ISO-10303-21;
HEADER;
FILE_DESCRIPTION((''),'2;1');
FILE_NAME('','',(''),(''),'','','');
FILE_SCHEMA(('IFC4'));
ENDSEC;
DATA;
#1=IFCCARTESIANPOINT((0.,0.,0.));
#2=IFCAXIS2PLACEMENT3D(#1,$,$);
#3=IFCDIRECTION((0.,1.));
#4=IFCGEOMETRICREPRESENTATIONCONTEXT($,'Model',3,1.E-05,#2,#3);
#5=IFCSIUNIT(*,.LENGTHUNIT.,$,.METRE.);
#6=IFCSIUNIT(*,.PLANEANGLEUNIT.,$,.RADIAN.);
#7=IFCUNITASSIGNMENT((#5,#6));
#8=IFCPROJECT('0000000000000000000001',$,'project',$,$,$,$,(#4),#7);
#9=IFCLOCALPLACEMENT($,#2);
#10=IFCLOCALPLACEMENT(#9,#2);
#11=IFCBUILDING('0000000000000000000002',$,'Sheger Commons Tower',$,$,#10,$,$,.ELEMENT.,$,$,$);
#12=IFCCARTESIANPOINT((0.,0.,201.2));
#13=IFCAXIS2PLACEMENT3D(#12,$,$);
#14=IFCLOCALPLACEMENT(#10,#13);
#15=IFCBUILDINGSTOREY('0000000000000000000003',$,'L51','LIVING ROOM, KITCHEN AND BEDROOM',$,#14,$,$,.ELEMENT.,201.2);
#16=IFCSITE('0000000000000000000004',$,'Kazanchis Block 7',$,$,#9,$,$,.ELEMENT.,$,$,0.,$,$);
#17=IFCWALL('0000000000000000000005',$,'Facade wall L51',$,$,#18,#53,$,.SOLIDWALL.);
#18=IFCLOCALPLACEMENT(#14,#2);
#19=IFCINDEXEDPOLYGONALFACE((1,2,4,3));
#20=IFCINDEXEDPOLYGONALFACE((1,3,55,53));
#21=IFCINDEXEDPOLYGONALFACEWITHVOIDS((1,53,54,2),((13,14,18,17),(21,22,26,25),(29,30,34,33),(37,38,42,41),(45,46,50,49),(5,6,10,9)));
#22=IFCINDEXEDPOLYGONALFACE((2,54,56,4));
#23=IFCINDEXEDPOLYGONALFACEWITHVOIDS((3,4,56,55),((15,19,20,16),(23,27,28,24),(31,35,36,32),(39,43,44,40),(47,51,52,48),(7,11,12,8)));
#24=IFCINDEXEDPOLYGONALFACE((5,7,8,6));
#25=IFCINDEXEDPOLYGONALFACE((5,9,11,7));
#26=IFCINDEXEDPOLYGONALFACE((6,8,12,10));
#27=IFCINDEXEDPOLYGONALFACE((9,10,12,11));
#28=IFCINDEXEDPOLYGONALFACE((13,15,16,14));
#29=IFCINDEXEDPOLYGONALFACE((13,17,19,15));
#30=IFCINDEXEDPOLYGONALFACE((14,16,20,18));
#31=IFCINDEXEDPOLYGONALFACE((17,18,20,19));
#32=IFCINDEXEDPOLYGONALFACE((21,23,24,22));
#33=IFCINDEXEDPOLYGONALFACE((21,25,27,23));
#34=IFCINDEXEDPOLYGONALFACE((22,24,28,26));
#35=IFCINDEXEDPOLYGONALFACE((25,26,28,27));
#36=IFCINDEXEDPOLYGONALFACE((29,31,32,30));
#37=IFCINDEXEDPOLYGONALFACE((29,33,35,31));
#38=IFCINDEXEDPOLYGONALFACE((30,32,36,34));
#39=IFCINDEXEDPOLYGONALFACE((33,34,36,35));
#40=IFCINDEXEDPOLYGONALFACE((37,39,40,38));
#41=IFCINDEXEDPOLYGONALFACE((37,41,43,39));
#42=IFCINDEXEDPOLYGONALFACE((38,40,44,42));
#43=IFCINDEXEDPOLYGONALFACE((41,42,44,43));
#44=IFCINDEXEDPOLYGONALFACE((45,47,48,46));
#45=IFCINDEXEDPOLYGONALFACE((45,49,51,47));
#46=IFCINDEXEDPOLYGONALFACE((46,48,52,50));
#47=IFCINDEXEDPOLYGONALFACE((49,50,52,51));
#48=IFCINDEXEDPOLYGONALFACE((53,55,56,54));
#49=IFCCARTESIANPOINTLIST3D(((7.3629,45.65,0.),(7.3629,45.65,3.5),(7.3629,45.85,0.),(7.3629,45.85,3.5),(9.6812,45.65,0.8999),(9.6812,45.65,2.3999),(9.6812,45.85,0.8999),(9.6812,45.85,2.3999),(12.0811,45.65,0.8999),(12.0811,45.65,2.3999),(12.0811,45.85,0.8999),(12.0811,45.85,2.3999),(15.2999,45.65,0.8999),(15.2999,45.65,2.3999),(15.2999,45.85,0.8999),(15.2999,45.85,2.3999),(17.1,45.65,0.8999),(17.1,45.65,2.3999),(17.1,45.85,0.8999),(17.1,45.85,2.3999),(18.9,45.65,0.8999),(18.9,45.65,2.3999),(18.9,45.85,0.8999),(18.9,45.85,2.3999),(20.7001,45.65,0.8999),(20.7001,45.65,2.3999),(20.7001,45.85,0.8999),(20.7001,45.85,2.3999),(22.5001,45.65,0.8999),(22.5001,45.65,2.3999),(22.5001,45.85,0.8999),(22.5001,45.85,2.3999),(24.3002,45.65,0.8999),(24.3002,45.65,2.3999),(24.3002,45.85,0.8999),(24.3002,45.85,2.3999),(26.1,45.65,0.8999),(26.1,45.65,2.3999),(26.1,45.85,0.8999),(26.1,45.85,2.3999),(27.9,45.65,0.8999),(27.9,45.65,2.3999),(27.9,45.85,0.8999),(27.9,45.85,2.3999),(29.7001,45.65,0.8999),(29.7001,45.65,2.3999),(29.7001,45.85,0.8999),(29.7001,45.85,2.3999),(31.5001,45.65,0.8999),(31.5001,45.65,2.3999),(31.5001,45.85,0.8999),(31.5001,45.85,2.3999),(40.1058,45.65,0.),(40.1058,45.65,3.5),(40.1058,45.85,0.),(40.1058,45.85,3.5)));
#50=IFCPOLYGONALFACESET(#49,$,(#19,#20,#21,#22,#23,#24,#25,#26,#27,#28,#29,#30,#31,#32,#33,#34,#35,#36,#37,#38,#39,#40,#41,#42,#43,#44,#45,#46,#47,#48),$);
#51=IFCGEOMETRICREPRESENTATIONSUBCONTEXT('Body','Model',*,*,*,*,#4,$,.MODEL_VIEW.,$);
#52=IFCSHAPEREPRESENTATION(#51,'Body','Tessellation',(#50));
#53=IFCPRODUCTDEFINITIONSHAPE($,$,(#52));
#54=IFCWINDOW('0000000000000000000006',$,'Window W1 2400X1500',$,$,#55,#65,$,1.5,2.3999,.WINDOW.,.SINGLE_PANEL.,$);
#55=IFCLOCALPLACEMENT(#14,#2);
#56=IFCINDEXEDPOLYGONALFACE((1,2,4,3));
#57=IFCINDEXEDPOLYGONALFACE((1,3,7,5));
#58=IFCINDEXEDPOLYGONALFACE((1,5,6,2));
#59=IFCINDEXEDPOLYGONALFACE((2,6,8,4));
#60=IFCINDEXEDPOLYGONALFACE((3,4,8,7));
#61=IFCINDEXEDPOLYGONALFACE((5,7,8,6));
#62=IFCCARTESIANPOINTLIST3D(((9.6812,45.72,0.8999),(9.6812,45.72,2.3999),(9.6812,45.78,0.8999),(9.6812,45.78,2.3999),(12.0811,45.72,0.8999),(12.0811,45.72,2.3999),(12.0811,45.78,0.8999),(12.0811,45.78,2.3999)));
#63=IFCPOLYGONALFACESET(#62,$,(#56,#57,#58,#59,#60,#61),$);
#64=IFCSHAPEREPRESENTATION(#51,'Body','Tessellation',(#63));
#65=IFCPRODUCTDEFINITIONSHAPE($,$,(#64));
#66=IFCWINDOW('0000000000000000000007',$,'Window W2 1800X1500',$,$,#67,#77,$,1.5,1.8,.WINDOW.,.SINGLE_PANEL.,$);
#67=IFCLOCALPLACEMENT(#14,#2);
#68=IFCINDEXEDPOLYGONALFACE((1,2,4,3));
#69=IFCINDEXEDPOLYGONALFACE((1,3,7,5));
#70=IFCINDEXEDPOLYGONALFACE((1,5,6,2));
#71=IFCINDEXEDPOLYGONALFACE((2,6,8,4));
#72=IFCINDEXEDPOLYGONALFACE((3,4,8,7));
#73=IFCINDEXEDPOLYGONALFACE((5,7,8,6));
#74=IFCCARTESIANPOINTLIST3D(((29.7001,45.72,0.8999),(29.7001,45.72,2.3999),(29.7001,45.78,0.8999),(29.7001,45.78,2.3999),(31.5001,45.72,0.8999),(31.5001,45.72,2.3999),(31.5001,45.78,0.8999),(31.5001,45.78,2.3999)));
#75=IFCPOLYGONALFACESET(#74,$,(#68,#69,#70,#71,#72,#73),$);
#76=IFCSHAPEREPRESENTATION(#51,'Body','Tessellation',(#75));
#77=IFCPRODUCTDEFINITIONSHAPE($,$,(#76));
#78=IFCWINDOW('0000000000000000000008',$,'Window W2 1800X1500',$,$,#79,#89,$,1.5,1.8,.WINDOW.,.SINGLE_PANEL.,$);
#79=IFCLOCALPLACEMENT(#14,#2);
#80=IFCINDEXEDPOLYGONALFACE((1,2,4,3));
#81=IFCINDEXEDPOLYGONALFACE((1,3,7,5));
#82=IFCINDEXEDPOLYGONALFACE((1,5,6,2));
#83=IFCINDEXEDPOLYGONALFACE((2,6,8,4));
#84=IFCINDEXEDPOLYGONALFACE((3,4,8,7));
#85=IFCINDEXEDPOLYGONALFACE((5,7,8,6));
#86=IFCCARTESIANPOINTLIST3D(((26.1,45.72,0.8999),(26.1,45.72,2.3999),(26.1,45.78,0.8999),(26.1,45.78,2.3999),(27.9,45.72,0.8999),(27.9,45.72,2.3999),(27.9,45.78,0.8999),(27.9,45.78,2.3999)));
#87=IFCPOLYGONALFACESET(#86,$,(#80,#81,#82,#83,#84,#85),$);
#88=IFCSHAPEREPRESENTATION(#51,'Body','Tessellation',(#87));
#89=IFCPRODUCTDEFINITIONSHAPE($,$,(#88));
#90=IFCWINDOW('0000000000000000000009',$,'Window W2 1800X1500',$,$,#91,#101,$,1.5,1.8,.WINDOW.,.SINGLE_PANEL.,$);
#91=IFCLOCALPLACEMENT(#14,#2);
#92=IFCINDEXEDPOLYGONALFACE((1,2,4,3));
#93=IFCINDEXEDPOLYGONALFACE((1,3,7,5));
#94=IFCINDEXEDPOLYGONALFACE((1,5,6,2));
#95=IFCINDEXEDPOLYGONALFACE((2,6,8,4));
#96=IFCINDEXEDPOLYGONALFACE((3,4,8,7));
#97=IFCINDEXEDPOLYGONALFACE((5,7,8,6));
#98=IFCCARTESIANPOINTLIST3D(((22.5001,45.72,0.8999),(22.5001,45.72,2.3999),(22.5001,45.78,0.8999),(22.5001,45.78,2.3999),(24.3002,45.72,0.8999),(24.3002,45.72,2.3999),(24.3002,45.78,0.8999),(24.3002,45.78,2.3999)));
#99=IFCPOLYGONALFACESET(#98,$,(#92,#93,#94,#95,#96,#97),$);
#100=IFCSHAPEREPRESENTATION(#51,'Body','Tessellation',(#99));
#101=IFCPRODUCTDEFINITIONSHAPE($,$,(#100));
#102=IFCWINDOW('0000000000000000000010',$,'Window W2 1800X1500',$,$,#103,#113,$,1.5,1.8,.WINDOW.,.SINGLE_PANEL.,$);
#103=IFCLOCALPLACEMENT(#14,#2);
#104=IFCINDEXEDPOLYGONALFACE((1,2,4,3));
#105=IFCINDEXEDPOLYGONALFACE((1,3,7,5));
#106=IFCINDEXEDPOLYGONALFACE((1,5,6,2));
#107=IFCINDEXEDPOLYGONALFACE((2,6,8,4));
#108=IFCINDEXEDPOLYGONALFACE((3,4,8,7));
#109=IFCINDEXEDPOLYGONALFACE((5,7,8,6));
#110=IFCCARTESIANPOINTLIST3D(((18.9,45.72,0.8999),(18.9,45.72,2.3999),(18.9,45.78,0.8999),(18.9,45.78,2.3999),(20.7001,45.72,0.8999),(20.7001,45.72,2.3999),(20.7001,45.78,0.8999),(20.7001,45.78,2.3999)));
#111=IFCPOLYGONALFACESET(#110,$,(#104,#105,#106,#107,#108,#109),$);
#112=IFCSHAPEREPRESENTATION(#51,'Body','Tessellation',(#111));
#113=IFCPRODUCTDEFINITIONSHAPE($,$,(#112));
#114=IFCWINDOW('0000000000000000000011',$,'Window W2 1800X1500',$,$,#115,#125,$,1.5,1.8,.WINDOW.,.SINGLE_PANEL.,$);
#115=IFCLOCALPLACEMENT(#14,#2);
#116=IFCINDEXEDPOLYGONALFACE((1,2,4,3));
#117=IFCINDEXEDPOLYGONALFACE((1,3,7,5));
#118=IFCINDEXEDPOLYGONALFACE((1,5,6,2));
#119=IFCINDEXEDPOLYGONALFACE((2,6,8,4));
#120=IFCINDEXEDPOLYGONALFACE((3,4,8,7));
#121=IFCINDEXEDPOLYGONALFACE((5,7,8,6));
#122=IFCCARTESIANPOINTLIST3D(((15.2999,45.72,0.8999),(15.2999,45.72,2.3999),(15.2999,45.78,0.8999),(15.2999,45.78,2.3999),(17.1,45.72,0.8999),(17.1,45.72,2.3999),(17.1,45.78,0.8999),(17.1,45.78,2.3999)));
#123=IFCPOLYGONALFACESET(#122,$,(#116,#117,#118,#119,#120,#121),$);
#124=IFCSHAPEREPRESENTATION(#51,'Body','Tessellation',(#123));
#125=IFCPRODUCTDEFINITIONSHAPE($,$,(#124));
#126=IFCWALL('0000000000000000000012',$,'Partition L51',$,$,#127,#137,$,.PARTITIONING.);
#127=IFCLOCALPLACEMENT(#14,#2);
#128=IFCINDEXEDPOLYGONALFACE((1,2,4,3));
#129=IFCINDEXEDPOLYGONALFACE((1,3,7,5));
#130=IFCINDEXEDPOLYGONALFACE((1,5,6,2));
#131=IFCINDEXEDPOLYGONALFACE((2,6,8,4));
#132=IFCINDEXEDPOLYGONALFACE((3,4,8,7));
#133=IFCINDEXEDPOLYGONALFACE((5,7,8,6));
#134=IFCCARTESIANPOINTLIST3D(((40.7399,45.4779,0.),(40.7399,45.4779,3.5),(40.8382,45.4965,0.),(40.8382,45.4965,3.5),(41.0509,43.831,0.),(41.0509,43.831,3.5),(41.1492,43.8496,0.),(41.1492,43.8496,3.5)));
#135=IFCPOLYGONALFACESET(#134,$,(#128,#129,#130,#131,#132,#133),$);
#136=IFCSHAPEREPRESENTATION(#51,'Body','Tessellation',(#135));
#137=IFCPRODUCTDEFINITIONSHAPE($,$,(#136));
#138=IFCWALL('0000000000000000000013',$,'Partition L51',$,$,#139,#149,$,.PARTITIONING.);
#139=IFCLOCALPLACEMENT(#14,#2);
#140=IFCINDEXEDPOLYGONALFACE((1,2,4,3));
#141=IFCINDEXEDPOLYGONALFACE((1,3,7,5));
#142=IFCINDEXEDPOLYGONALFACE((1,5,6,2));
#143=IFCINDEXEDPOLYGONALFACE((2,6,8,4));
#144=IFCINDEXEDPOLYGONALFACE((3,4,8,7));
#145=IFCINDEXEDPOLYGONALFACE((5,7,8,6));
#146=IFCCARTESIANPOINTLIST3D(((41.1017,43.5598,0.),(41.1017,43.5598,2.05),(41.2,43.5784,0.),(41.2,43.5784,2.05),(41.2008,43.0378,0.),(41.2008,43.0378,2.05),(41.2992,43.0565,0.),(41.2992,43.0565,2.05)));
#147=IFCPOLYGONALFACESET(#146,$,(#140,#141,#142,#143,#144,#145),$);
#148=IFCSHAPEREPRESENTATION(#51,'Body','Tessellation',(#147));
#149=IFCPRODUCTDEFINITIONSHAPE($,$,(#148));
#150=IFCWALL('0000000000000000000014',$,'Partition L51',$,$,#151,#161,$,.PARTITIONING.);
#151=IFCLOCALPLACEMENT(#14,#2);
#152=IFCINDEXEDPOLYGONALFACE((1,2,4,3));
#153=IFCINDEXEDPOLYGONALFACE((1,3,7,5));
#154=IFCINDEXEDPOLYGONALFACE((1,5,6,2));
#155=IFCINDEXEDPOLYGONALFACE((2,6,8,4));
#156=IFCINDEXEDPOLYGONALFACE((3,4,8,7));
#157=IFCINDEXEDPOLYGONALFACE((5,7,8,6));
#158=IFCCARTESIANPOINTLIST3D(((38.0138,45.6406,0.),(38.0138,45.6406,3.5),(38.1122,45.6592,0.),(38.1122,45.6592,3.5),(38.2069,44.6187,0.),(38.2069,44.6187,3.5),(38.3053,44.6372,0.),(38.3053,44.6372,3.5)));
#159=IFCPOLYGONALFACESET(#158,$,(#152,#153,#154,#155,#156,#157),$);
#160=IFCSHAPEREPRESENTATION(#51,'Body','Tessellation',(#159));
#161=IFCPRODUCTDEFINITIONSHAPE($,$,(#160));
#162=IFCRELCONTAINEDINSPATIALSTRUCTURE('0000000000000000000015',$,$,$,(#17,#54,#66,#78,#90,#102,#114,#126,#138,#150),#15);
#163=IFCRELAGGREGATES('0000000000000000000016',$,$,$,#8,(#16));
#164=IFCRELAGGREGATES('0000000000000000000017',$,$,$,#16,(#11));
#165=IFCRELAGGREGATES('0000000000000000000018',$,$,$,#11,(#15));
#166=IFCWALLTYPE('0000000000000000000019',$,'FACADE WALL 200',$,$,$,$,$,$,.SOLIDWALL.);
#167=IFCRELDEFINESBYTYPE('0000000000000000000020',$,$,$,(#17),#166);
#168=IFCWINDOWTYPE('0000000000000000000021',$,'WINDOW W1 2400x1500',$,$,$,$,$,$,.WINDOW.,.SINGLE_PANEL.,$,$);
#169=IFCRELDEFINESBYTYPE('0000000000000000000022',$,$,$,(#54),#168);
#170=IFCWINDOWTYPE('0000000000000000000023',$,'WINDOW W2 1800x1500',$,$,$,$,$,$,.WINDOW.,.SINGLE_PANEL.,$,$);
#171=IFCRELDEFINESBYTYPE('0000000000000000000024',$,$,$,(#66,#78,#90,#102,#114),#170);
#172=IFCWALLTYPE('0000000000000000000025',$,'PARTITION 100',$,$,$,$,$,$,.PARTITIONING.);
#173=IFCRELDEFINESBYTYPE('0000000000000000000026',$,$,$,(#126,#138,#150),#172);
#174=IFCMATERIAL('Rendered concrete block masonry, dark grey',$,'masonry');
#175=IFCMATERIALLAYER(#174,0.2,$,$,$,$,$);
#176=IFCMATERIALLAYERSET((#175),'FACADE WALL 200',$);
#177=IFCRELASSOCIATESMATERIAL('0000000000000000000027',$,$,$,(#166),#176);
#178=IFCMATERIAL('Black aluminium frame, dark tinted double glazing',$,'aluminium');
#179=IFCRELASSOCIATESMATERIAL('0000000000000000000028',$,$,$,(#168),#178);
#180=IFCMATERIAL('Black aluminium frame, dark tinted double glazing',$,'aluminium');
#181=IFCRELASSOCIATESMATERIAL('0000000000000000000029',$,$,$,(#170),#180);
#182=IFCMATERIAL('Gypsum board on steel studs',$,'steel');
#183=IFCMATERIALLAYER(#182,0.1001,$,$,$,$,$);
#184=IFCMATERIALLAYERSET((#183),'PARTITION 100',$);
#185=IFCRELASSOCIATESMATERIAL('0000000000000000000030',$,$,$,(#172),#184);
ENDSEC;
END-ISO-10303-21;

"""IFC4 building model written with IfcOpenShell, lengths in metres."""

from ifc_helpers import new_model, si_unit, direction, frame, frame_2d, origin, place, context, subcontext, project, spatial, rectangle, extrude, material, layer, layer_set, type_object, element, fill, save


model = new_model("IFC4")

# Units and contexts
model_context = context("Model", 3, precision=1e-05, world=origin(), true_north=direction((0.0, 1.0)))
body_context = subcontext(model_context, "Body", "Model", "MODEL_VIEW")
ifc_project = project(units=[si_unit("LENGTHUNIT", "METRE"), si_unit("PLANEANGLEUNIT", "RADIAN")], contexts=[model_context])

# Site, building, storey
site_placement = place(None, origin())
site = spatial("IfcSite", under=ifc_project, at=site_placement, Name="Kazanchis Block 7", CompositionType="ELEMENT", RefElevation=0.0)
building_placement = place(site_placement, origin())
building = spatial("IfcBuilding", under=site, at=building_placement, Name="Sheger Commons Tower", CompositionType="ELEMENT")
storey_placement = place(building_placement, frame((0.0, 0.0, 201.2)))
storey = spatial("IfcBuildingStorey", under=building, at=storey_placement, Name="L51", Description="LIVING ROOM, KITCHEN AND BEDROOM", CompositionType="ELEMENT", Elevation=201.2)

# Shared definitions
ifc_material_1 = material(Name="Rendered concrete block masonry, dark grey", Category="masonry")
ifc_layer_1 = layer(ifc_material_1, 0.2)
ifc_layer_set_1 = layer_set([ifc_layer_1], Name="FACADE WALL 200")
wall_type_1 = type_object("IfcWallType", Name="FACADE WALL 200", PredefinedType="SOLIDWALL", material=ifc_layer_set_1)

# Wall, openings, windows
wall_1_placement = place(storey_placement, frame((40.106, 45.75, 0.0), z_axis=(0.0, 0.0, 1.0), x_axis=(-1.0, 0.0, 0.0)))
wall_1 = element("IfcWall", 1, at=wall_1_placement, inside=storey, type_object=wall_type_1, Name="Facade wall L51", PredefinedType="SOLIDWALL", context=body_context, shape_type="SweptSolid", body=[
    extrude(rectangle(XDim=32.7429, YDim=0.2, at=frame_2d((16.3716, 0.0))), origin(), (0.0, 0.0, 1.0), 3.5),
])
opening_1_placement = place(wall_1_placement, frame((8.606, 0.0, 0.8999)))
opening_1 = element("IfcOpeningElement", 2, at=opening_1_placement, cuts=wall_1, PredefinedType="OPENING", context=body_context, shape_type="SweptSolid", body=[
    extrude(rectangle(XDim=1.8, YDim=1.5, at=frame_2d((0.8999, 0.75))), frame((0.0, 0.1099, 0.0), z_axis=(0.0, -1.0, 0.0), x_axis=(1.0, 0.0, 0.0)), (0.0, 0.0, 1.0), 0.22),
])
opening_2_placement = place(wall_1_placement, frame((12.2061, 0.0, 0.8999)))
opening_2 = element("IfcOpeningElement", 3, at=opening_2_placement, cuts=wall_1, PredefinedType="OPENING", context=body_context, shape_type="SweptSolid", body=[
    extrude(rectangle(XDim=1.8, YDim=1.5, at=frame_2d((0.8999, 0.75))), frame((0.0, 0.1099, 0.0), z_axis=(0.0, -1.0, 0.0), x_axis=(1.0, 0.0, 0.0)), (0.0, 0.0, 1.0), 0.22),
])
opening_3_placement = place(wall_1_placement, frame((15.8059, 0.0, 0.8999)))
opening_3 = element("IfcOpeningElement", 4, at=opening_3_placement, cuts=wall_1, PredefinedType="OPENING", context=body_context, shape_type="SweptSolid", body=[
    extrude(rectangle(XDim=1.8, YDim=1.5, at=frame_2d((0.8999, 0.75))), frame((0.0, 0.1099, 0.0), z_axis=(0.0, -1.0, 0.0), x_axis=(1.0, 0.0, 0.0)), (0.0, 0.0, 1.0), 0.22),
])
opening_4_placement = place(wall_1_placement, frame((19.406, 0.0, 0.8999)))
opening_4 = element("IfcOpeningElement", 5, at=opening_4_placement, cuts=wall_1, PredefinedType="OPENING", context=body_context, shape_type="SweptSolid", body=[
    extrude(rectangle(XDim=1.8, YDim=1.5, at=frame_2d((0.8999, 0.75))), frame((0.0, 0.1099, 0.0), z_axis=(0.0, -1.0, 0.0), x_axis=(1.0, 0.0, 0.0)), (0.0, 0.0, 1.0), 0.22),
])
opening_5_placement = place(wall_1_placement, frame((23.0061, 0.0, 0.8999)))
opening_5 = element("IfcOpeningElement", 6, at=opening_5_placement, cuts=wall_1, PredefinedType="OPENING", context=body_context, shape_type="SweptSolid", body=[
    extrude(rectangle(XDim=1.8, YDim=1.5, at=frame_2d((0.8999, 0.75))), frame((0.0, 0.1099, 0.0), z_axis=(0.0, -1.0, 0.0), x_axis=(1.0, 0.0, 0.0)), (0.0, 0.0, 1.0), 0.22),
])
opening_6_placement = place(wall_1_placement, frame((28.0249, 0.0, 0.8999)))
opening_6 = element("IfcOpeningElement", 7, at=opening_6_placement, cuts=wall_1, PredefinedType="OPENING", context=body_context, shape_type="SweptSolid", body=[
    extrude(rectangle(XDim=2.3999, YDim=1.5, at=frame_2d((1.2, 0.75))), frame((0.0, 0.1099, 0.0), z_axis=(0.0, -1.0, 0.0), x_axis=(1.0, 0.0, 0.0)), (0.0, 0.0, 1.0), 0.22),
])
ifc_material_2 = material(Name="Black aluminium frame, dark tinted double glazing", Category="aluminium")
window_type_1 = type_object("IfcWindowType", Name="WINDOW W1 2400x1500", PartitioningType="SINGLE_PANEL", PredefinedType="WINDOW", material=ifc_material_2)
window_1_placement = place(opening_6_placement, origin())
window_1 = element("IfcWindow", 8, at=window_1_placement, inside=storey, type_object=window_type_1, Name="Window W1 2400X1500", OverallHeight=1.5, OverallWidth=2.3999, PartitioningType="SINGLE_PANEL", PredefinedType="WINDOW", context=body_context, shape_type="SweptSolid", body=[
    extrude(rectangle(XDim=2.3999, YDim=1.5, at=frame_2d((1.2, 0.75))), frame((0.0, 0.03, 0.0), z_axis=(0.0, -1.0, 0.0), x_axis=(1.0, 0.0, 0.0)), (0.0, 0.0, 1.0), 0.0601),
])
fill(opening_6, window_1)
ifc_material_3 = material(Name="Black aluminium frame, dark tinted double glazing", Category="aluminium")
window_type_2 = type_object("IfcWindowType", Name="WINDOW W2 1800x1500", PartitioningType="SINGLE_PANEL", PredefinedType="WINDOW", material=ifc_material_3)
window_2_placement = place(opening_1_placement, origin())
window_2 = element("IfcWindow", 9, at=window_2_placement, inside=storey, type_object=window_type_2, Name="Window W2 1800X1500", OverallHeight=1.5, OverallWidth=1.8, PartitioningType="SINGLE_PANEL", PredefinedType="WINDOW", context=body_context, shape_type="SweptSolid", body=[
    extrude(rectangle(XDim=1.8, YDim=1.5, at=frame_2d((0.8999, 0.75))), frame((0.0, 0.03, 0.0), z_axis=(0.0, -1.0, 0.0), x_axis=(1.0, 0.0, 0.0)), (0.0, 0.0, 1.0), 0.0601),
])
fill(opening_1, window_2)
window_3_placement = place(opening_2_placement, origin())
window_3 = element("IfcWindow", 10, at=window_3_placement, inside=storey, type_object=window_type_2, Name="Window W2 1800X1500", OverallHeight=1.5, OverallWidth=1.8, PartitioningType="SINGLE_PANEL", PredefinedType="WINDOW", context=body_context, shape_type="SweptSolid", body=[
    extrude(rectangle(XDim=1.8, YDim=1.5, at=frame_2d((0.8999, 0.75))), frame((0.0, 0.03, 0.0), z_axis=(0.0, -1.0, 0.0), x_axis=(1.0, 0.0, 0.0)), (0.0, 0.0, 1.0), 0.0601),
])
fill(opening_2, window_3)
window_4_placement = place(opening_3_placement, origin())
window_4 = element("IfcWindow", 11, at=window_4_placement, inside=storey, type_object=window_type_2, Name="Window W2 1800X1500", OverallHeight=1.5, OverallWidth=1.8, PartitioningType="SINGLE_PANEL", PredefinedType="WINDOW", context=body_context, shape_type="SweptSolid", body=[
    extrude(rectangle(XDim=1.8, YDim=1.5, at=frame_2d((0.8999, 0.75))), frame((0.0, 0.03, 0.0), z_axis=(0.0, -1.0, 0.0), x_axis=(1.0, 0.0, 0.0)), (0.0, 0.0, 1.0), 0.0601),
])
fill(opening_3, window_4)
window_5_placement = place(opening_4_placement, origin())
window_5 = element("IfcWindow", 12, at=window_5_placement, inside=storey, type_object=window_type_2, Name="Window W2 1800X1500", OverallHeight=1.5, OverallWidth=1.8, PartitioningType="SINGLE_PANEL", PredefinedType="WINDOW", context=body_context, shape_type="SweptSolid", body=[
    extrude(rectangle(XDim=1.8, YDim=1.5, at=frame_2d((0.8999, 0.75))), frame((0.0, 0.03, 0.0), z_axis=(0.0, -1.0, 0.0), x_axis=(1.0, 0.0, 0.0)), (0.0, 0.0, 1.0), 0.0601),
])
fill(opening_4, window_5)
window_6_placement = place(opening_5_placement, origin())
window_6 = element("IfcWindow", 13, at=window_6_placement, inside=storey, type_object=window_type_2, Name="Window W2 1800X1500", OverallHeight=1.5, OverallWidth=1.8, PartitioningType="SINGLE_PANEL", PredefinedType="WINDOW", context=body_context, shape_type="SweptSolid", body=[
    extrude(rectangle(XDim=1.8, YDim=1.5, at=frame_2d((0.8999, 0.75))), frame((0.0, 0.03, 0.0), z_axis=(0.0, -1.0, 0.0), x_axis=(1.0, 0.0, 0.0)), (0.0, 0.0, 1.0), 0.0601),
])
fill(opening_5, window_6)

# Walls
ifc_material_4 = material(Name="Gypsum board on steel studs", Category="steel")
ifc_layer_2 = layer(ifc_material_4, 0.1001)
ifc_layer_set_2 = layer_set([ifc_layer_2], Name="PARTITION 100")
wall_type_2 = type_object("IfcWallType", Name="PARTITION 100", PredefinedType="PARTITIONING", material=ifc_layer_set_2)
wall_2_placement = place(storey_placement, frame((40.7891, 45.4871, 0.0), z_axis=(0.0, 0.0, 1.0), x_axis=(0.185572, -0.982631, 0.0)))
element("IfcWall", 14, at=wall_2_placement, inside=storey, type_object=wall_type_2, Name="Partition L51", PredefinedType="PARTITIONING", context=body_context, shape_type="SweptSolid", body=[
    extrude(rectangle(XDim=1.676, YDim=0.1001, at=frame_2d((0.8379, 0.0))), origin(), (0.0, 0.0, 1.0), 3.5),
])
wall_3_placement = place(storey_placement, frame((41.1509, 43.5691, 0.0), z_axis=(0.0, 0.0, 1.0), x_axis=(0.186563, -0.982443, 0.0)))
element("IfcWall", 15, at=wall_3_placement, inside=storey, type_object=wall_type_2, Name="Partition L51", PredefinedType="PARTITIONING", context=body_context, shape_type="SweptSolid", body=[
    extrude(rectangle(XDim=0.5312, YDim=0.1001, at=frame_2d((0.2656, 0.0))), origin(), (0.0, 0.0, 1.0), 2.05),
])
wall_4_placement = place(storey_placement, frame((38.063, 45.6499, 0.0), z_axis=(0.0, 0.0, 1.0), x_axis=(0.185677, -0.982611, 0.0)))
element("IfcWall", 16, at=wall_4_placement, inside=storey, type_object=wall_type_2, Name="Partition L51", PredefinedType="PARTITIONING", context=body_context, shape_type="SweptSolid", body=[
    extrude(rectangle(XDim=1.04, YDim=0.1001, at=frame_2d((0.52, 0.0))), origin(), (0.0, 0.0, 1.0), 3.5),
])

save(model, "model.ifc")
